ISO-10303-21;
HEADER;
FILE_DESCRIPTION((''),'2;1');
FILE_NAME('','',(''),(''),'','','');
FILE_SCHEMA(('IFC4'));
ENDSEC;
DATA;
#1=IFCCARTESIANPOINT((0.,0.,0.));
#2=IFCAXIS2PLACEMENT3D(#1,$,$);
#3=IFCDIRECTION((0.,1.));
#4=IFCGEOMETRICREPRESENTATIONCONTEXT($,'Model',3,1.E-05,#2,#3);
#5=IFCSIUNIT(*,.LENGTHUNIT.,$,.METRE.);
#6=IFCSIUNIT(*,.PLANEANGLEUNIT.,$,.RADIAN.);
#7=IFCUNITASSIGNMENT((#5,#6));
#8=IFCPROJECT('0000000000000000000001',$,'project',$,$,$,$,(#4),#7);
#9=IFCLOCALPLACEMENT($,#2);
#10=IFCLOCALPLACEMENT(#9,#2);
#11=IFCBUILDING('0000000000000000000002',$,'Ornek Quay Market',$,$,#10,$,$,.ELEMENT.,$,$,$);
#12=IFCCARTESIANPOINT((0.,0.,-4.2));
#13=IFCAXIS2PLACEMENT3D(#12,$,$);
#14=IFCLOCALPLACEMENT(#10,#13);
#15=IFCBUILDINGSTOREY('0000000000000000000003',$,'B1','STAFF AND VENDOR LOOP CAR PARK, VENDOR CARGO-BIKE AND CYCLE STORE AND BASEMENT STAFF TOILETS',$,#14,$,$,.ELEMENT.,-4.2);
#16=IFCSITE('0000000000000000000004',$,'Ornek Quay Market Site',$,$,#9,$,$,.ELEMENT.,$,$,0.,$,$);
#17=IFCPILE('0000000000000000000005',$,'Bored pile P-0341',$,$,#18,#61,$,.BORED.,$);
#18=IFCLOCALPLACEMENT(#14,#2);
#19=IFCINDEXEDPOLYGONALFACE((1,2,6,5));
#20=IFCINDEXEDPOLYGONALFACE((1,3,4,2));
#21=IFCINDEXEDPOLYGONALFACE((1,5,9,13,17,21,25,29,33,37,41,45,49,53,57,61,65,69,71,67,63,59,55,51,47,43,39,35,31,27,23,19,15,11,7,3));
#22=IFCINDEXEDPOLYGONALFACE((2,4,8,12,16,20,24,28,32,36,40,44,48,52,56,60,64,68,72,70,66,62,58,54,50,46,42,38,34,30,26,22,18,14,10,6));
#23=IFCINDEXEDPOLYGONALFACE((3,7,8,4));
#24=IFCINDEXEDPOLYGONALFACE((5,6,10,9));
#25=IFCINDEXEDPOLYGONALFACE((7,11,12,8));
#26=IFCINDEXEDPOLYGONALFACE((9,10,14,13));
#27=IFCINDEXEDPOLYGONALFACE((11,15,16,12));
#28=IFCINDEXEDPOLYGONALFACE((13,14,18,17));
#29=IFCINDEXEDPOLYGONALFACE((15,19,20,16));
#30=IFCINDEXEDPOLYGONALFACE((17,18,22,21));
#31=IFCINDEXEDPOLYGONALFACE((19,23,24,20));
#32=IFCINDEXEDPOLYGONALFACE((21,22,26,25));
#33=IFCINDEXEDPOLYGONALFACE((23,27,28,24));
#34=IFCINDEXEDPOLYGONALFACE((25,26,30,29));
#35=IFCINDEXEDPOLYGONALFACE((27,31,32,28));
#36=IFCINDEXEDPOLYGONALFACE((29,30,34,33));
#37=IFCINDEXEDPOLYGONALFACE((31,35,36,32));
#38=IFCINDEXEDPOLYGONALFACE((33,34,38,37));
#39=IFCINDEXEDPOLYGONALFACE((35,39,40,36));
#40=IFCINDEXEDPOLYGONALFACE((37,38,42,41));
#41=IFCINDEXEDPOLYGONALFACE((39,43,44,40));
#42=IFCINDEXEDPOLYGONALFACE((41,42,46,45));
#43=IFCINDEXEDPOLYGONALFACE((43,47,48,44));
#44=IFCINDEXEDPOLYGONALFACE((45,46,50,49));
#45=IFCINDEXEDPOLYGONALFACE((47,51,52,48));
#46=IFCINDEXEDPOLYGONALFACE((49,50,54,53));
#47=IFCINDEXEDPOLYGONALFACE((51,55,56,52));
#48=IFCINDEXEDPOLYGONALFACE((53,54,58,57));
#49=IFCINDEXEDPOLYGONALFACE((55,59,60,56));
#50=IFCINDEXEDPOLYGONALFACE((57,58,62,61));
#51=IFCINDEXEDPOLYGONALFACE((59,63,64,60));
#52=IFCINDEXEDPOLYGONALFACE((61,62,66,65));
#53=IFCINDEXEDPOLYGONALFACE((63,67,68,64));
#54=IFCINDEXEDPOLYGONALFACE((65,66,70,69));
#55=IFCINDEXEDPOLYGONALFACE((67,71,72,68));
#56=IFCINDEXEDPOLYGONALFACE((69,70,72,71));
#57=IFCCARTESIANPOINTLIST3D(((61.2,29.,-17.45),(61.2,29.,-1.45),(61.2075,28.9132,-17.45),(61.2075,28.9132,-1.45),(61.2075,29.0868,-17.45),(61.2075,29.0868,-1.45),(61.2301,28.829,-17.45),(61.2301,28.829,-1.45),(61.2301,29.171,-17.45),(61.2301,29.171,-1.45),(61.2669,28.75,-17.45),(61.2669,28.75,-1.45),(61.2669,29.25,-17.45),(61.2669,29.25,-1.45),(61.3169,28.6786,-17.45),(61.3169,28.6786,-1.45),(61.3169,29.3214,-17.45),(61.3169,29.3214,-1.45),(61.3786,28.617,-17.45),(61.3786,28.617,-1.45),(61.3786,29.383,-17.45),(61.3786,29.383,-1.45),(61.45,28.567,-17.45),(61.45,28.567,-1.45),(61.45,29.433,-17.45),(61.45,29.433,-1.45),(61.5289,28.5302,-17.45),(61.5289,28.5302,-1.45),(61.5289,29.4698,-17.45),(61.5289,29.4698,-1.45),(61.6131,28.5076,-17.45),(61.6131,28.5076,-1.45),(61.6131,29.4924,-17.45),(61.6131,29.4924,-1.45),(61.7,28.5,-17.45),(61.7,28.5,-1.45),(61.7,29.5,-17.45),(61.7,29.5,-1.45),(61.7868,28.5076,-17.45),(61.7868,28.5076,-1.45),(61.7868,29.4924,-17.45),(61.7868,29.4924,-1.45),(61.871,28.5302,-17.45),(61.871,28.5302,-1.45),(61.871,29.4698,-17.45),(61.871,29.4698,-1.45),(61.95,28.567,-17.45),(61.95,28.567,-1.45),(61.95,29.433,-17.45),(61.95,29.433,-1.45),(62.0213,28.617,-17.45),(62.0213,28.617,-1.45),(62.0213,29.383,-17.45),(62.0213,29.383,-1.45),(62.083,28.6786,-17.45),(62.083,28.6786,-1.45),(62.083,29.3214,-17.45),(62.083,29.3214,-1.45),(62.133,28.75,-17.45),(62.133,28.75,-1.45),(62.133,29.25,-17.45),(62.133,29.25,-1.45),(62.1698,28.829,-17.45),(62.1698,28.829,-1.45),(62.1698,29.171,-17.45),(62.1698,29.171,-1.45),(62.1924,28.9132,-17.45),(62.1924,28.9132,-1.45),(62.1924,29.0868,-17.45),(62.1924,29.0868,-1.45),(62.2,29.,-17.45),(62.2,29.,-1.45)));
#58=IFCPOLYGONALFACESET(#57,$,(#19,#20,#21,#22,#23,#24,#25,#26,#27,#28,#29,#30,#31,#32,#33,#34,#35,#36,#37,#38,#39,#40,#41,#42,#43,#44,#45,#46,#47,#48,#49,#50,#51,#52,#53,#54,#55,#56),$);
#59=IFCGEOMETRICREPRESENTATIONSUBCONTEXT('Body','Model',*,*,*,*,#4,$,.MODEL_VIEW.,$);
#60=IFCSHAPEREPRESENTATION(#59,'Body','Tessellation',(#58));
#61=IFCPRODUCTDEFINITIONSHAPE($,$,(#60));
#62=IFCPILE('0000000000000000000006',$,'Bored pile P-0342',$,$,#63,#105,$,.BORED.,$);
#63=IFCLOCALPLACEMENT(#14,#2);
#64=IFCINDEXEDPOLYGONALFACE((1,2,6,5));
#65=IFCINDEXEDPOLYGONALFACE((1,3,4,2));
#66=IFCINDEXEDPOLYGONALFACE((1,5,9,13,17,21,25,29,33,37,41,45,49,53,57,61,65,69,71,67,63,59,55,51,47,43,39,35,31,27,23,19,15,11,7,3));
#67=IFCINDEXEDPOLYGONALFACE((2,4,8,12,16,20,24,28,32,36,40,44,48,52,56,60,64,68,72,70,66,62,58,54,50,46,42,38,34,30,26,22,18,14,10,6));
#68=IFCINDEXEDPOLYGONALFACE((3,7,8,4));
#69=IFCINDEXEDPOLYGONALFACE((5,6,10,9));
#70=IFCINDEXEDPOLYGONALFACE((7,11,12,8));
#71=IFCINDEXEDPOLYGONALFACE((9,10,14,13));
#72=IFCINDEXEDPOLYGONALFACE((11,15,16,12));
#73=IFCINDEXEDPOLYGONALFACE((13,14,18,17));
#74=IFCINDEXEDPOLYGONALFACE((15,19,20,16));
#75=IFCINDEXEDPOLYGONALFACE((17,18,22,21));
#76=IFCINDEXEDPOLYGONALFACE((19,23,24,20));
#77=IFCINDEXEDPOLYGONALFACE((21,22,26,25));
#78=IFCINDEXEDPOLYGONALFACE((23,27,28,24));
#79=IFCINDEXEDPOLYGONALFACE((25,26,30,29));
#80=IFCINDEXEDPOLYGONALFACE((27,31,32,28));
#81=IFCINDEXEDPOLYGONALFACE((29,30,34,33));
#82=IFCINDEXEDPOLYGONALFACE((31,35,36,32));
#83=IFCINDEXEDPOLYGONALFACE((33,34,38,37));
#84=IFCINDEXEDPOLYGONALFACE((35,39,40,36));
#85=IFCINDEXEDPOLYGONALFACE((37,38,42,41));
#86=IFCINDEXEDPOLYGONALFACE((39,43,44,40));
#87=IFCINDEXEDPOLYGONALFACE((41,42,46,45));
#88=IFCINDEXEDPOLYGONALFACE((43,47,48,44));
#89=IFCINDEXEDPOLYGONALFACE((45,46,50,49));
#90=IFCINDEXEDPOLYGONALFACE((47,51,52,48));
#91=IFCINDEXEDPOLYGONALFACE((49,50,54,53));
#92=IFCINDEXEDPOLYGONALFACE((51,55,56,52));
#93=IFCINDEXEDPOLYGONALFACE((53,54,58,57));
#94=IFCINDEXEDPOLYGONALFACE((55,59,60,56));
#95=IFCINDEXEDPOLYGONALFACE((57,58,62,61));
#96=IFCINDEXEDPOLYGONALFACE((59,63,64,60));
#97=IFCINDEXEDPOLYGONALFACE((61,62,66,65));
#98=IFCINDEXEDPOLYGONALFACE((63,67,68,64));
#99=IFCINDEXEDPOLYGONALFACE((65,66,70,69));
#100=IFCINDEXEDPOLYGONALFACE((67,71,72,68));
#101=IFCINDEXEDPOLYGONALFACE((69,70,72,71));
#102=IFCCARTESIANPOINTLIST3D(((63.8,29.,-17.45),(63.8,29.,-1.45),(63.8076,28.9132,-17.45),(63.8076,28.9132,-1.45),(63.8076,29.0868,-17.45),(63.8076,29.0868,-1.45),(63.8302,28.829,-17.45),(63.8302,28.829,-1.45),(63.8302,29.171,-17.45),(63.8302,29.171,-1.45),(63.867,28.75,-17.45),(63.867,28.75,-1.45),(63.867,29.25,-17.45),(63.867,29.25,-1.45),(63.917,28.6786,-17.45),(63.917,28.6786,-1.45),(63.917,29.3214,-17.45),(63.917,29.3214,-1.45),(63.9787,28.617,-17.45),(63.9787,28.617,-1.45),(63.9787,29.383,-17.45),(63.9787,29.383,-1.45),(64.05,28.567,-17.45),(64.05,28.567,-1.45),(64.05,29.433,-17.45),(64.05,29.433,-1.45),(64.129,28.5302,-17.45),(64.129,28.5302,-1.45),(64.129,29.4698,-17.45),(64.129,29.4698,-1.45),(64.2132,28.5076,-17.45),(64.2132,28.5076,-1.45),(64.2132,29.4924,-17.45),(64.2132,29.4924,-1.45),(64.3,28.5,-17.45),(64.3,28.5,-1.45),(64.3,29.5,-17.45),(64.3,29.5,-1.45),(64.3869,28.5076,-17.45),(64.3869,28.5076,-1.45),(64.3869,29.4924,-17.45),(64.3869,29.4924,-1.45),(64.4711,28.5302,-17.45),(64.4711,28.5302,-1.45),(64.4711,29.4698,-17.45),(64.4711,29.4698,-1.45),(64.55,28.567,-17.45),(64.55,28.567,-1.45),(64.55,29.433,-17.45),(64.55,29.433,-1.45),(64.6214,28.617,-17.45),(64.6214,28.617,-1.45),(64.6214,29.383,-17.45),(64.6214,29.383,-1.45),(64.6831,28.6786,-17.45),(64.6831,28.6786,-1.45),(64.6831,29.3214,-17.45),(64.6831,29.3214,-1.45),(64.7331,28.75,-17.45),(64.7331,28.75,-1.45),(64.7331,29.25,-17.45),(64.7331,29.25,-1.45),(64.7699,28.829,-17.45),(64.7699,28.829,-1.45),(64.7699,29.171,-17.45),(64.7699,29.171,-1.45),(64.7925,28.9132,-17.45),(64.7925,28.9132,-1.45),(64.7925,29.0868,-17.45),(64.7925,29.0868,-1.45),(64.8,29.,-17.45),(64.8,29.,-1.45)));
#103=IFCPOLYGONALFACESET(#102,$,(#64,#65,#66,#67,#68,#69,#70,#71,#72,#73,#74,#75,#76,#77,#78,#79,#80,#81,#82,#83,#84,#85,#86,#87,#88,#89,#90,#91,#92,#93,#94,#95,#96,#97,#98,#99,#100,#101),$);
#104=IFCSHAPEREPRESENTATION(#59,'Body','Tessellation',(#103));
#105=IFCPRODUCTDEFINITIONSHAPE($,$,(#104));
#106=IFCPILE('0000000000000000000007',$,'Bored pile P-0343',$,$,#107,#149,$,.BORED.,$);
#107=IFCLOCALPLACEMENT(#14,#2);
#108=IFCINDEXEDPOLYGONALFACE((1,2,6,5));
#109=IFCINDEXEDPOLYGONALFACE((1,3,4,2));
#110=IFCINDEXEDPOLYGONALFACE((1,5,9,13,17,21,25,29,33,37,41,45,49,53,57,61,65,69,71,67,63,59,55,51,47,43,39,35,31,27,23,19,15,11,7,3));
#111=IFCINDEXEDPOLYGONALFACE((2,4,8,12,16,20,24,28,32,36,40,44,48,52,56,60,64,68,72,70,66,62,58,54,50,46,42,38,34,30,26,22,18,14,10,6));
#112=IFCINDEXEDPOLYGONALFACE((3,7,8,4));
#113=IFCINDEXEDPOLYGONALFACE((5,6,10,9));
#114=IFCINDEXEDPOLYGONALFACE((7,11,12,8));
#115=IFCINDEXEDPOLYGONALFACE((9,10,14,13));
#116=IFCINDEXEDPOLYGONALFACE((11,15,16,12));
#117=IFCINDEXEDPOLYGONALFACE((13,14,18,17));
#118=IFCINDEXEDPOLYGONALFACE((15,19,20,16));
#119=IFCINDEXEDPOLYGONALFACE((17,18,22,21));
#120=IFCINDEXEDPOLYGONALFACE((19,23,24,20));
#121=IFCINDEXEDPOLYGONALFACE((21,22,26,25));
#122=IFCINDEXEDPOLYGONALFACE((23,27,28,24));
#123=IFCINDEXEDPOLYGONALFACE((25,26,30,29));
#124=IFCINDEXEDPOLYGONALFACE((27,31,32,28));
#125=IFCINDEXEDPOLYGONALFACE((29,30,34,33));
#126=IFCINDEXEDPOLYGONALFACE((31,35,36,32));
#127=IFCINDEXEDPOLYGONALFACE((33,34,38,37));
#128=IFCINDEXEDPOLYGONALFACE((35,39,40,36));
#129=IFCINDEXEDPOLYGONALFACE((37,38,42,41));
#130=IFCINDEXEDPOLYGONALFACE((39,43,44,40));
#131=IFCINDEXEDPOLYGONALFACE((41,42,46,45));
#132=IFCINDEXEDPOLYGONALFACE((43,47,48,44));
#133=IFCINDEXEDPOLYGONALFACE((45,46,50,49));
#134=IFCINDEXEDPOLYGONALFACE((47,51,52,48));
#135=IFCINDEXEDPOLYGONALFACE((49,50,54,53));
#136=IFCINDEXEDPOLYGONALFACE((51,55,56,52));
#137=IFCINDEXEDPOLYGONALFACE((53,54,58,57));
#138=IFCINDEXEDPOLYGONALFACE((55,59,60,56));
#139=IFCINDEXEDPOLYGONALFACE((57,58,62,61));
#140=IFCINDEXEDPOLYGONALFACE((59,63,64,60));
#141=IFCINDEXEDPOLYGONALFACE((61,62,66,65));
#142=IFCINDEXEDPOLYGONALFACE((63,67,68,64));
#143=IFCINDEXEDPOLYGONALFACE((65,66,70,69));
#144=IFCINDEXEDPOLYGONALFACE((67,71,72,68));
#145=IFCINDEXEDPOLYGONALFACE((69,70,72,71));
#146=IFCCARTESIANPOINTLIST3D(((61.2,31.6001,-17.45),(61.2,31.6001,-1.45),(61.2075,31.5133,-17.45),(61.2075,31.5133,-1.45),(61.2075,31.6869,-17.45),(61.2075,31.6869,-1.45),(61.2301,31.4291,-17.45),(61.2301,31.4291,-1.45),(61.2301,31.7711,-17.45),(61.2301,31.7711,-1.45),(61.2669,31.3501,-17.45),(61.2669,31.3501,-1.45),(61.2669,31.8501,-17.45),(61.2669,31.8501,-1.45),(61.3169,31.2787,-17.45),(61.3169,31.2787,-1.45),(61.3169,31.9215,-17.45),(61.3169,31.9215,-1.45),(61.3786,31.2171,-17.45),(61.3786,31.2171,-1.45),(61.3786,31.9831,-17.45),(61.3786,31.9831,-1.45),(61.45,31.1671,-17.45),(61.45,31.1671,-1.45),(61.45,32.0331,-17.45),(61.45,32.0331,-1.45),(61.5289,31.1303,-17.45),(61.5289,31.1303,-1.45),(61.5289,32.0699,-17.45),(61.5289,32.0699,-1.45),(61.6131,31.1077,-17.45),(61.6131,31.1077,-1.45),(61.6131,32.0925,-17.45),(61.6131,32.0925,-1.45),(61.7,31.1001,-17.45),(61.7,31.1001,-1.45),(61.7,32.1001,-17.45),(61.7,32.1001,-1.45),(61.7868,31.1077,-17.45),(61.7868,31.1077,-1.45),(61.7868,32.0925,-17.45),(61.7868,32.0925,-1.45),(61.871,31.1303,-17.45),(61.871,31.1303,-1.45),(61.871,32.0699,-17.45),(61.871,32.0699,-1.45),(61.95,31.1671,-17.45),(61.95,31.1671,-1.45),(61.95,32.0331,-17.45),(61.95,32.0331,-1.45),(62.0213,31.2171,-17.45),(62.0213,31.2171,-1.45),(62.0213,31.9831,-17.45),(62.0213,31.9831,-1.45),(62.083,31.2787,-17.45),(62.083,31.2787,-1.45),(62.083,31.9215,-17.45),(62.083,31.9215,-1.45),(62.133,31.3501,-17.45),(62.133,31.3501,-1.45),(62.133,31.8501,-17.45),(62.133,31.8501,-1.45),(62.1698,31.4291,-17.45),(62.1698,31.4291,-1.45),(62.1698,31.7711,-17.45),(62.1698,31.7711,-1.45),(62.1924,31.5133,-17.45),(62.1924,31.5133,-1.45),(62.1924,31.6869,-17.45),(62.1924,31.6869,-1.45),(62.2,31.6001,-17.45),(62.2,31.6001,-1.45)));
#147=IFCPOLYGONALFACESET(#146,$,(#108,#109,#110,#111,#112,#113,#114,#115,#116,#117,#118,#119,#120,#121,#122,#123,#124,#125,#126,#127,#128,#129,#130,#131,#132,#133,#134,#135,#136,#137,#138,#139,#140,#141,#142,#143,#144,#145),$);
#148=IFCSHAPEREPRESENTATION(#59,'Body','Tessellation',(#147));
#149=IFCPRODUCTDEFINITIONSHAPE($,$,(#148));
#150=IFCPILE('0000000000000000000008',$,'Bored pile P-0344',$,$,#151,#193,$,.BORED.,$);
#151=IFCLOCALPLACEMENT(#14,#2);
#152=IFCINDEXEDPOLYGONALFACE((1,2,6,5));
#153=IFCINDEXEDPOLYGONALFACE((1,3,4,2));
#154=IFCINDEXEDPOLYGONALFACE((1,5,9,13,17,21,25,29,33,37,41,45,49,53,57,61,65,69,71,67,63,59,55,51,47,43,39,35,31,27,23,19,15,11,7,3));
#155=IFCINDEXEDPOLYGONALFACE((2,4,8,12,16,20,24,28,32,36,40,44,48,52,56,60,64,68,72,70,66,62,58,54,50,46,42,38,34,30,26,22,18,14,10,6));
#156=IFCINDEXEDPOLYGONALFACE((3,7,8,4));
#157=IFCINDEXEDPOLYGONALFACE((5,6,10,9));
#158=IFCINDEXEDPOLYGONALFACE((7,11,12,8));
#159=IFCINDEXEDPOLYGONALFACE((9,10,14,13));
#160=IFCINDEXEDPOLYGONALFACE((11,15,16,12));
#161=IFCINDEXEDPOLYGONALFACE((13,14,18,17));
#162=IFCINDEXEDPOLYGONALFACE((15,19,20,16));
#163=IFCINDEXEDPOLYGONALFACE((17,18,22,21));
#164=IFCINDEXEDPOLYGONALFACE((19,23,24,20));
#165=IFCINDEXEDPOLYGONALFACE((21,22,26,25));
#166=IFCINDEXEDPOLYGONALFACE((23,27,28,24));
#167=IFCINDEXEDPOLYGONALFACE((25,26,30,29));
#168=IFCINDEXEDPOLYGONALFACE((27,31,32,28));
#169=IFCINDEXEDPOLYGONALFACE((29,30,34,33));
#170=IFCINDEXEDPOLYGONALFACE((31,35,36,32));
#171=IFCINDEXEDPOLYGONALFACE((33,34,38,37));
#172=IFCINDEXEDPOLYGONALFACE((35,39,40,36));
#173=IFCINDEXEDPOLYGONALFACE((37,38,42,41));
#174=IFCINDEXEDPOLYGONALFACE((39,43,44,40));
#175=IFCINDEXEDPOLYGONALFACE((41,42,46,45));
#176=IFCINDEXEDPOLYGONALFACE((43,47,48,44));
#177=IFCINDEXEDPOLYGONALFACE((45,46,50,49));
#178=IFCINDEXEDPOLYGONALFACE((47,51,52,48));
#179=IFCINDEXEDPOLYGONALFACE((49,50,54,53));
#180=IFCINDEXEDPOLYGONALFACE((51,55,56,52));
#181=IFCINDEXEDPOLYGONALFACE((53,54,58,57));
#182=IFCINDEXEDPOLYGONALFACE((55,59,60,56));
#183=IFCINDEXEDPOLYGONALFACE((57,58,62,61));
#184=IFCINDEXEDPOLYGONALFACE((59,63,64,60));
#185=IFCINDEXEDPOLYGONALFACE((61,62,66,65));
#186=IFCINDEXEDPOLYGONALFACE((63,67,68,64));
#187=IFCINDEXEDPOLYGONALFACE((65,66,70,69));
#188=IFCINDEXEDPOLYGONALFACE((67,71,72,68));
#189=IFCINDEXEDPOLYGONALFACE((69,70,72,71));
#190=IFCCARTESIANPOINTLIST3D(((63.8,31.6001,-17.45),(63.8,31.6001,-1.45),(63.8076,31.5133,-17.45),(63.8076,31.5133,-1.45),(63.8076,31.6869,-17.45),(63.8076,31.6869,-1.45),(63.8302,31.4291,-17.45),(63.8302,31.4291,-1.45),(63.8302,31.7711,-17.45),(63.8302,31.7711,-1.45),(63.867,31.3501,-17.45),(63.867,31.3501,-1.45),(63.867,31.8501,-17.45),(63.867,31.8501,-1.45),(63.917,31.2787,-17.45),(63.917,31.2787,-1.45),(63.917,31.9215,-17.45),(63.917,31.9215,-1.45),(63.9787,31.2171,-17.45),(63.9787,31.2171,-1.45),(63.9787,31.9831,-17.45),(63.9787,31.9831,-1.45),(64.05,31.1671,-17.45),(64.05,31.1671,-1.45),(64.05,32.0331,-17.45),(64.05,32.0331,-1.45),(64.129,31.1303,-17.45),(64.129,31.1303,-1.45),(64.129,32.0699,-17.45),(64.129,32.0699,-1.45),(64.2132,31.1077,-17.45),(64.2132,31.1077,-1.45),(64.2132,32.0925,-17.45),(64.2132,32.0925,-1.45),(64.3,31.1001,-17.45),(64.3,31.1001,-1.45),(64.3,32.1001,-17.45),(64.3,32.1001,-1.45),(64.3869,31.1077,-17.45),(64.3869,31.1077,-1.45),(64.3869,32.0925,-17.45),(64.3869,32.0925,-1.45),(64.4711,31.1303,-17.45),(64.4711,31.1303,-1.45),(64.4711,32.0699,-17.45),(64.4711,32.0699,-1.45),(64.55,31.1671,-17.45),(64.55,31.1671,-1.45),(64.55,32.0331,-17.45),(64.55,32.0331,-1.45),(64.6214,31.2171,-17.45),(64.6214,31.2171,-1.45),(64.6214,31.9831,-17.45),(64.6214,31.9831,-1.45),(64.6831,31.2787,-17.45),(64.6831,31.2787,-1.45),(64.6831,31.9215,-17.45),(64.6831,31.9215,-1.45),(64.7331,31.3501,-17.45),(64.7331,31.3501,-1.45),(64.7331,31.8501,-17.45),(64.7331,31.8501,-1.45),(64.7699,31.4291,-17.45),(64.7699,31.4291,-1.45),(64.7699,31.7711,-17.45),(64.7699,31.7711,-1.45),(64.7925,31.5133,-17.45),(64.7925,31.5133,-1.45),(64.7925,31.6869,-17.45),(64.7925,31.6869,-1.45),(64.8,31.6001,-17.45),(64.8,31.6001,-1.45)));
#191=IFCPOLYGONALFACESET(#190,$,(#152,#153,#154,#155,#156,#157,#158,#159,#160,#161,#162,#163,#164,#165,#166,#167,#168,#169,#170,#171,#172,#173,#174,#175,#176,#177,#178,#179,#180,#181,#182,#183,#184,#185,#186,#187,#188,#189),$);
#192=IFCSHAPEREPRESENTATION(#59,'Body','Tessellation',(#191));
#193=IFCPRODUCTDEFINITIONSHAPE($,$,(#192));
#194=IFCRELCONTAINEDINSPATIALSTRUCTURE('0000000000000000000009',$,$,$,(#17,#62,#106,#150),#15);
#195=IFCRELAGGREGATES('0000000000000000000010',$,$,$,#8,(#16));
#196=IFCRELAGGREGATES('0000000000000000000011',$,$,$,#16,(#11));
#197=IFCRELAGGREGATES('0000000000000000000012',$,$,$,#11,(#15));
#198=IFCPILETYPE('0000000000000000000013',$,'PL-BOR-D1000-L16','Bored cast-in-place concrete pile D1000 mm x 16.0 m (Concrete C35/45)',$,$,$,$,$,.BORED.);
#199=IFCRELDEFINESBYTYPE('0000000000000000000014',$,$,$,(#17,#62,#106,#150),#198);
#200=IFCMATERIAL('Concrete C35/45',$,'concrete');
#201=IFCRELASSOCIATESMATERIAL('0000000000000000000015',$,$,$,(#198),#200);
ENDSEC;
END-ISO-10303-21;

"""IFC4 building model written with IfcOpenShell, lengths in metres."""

from ifc_helpers import new_model, si_unit, direction, frame, origin, origin_2d, place, context, subcontext, project, spatial, circle, extrude, material, material_profile, profile_set, type_object, element, save


model = new_model("IFC4")

# Units and contexts
model_context = context("Model", 3, precision=1e-05, world=origin(), true_north=direction((0.0, 1.0)))
body_context = subcontext(model_context, "Body", "Model", "MODEL_VIEW")
ifc_project = project(units=[si_unit("LENGTHUNIT", "METRE"), si_unit("PLANEANGLEUNIT", "RADIAN")], contexts=[model_context])

# Site, building, storey
site_placement = place(None, origin())
site = spatial("IfcSite", under=ifc_project, at=site_placement, Name="Ornek Quay Market Site", CompositionType="ELEMENT", RefElevation=0.0)
building_placement = place(site_placement, origin())
building = spatial("IfcBuilding", under=site, at=building_placement, Name="Ornek Quay Market", CompositionType="ELEMENT")
storey_placement = place(building_placement, frame((0.0, 0.0, -4.2)))
storey = spatial("IfcBuildingStorey", under=building, at=storey_placement, Name="B1", Description="STAFF AND VENDOR LOOP CAR PARK, VENDOR CARGO-BIKE AND CYCLE STORE AND BASEMENT STAFF TOILETS", CompositionType="ELEMENT", Elevation=-4.2)

# Piles
ifc_material_1 = material(Name="Concrete C35/45", Category="concrete")
ifc_material_profile_1 = material_profile(ifc_material_1, circle(Radius=0.5, at=origin_2d()), Name="PILE D1000", Category="concrete")
ifc_profile_set_1 = profile_set([ifc_material_profile_1], Name="Concrete C35/45")
pile_type_1 = type_object("IfcPileType", Name="PL-BOR-D1000-L16", Description="Bored cast-in-place concrete pile D1000 mm x 16.0 m (Concrete C35/45)", PredefinedType="BORED", material=ifc_profile_set_1)
for number, where, z_axis, x_axis, name in (
    (1, (61.7, 29.0, -1.45), (0.0, 0.0, -1.0), (1.0, 0.0, 0.0), "Bored pile P-0341"),
    (2, (64.3, 29.0, -1.45), (0.0, 0.0, -1.0), (1.0, 0.0, 0.0), "Bored pile P-0342"),
    (3, (61.7, 31.6001, -1.45), (0.0, 0.0, -1.0), (1.0, 0.0, 0.0), "Bored pile P-0343"),
    (4, (64.3, 31.6001, -1.45), (0.0, 0.0, -1.0), (1.0, 0.0, 0.0), "Bored pile P-0344"),
):
    element("IfcPile", number, at=place(storey_placement, frame(where, z_axis=z_axis, x_axis=x_axis)), inside=storey, type_object=pile_type_1, Name=name, PredefinedType="BORED", context=body_context, shape_type="SweptSolid", body=[
        extrude(circle(Radius=0.5, at=origin_2d()), origin(), (0.0, 0.0, 1.0), 16.0),
    ])

save(model, "model.ifc")
